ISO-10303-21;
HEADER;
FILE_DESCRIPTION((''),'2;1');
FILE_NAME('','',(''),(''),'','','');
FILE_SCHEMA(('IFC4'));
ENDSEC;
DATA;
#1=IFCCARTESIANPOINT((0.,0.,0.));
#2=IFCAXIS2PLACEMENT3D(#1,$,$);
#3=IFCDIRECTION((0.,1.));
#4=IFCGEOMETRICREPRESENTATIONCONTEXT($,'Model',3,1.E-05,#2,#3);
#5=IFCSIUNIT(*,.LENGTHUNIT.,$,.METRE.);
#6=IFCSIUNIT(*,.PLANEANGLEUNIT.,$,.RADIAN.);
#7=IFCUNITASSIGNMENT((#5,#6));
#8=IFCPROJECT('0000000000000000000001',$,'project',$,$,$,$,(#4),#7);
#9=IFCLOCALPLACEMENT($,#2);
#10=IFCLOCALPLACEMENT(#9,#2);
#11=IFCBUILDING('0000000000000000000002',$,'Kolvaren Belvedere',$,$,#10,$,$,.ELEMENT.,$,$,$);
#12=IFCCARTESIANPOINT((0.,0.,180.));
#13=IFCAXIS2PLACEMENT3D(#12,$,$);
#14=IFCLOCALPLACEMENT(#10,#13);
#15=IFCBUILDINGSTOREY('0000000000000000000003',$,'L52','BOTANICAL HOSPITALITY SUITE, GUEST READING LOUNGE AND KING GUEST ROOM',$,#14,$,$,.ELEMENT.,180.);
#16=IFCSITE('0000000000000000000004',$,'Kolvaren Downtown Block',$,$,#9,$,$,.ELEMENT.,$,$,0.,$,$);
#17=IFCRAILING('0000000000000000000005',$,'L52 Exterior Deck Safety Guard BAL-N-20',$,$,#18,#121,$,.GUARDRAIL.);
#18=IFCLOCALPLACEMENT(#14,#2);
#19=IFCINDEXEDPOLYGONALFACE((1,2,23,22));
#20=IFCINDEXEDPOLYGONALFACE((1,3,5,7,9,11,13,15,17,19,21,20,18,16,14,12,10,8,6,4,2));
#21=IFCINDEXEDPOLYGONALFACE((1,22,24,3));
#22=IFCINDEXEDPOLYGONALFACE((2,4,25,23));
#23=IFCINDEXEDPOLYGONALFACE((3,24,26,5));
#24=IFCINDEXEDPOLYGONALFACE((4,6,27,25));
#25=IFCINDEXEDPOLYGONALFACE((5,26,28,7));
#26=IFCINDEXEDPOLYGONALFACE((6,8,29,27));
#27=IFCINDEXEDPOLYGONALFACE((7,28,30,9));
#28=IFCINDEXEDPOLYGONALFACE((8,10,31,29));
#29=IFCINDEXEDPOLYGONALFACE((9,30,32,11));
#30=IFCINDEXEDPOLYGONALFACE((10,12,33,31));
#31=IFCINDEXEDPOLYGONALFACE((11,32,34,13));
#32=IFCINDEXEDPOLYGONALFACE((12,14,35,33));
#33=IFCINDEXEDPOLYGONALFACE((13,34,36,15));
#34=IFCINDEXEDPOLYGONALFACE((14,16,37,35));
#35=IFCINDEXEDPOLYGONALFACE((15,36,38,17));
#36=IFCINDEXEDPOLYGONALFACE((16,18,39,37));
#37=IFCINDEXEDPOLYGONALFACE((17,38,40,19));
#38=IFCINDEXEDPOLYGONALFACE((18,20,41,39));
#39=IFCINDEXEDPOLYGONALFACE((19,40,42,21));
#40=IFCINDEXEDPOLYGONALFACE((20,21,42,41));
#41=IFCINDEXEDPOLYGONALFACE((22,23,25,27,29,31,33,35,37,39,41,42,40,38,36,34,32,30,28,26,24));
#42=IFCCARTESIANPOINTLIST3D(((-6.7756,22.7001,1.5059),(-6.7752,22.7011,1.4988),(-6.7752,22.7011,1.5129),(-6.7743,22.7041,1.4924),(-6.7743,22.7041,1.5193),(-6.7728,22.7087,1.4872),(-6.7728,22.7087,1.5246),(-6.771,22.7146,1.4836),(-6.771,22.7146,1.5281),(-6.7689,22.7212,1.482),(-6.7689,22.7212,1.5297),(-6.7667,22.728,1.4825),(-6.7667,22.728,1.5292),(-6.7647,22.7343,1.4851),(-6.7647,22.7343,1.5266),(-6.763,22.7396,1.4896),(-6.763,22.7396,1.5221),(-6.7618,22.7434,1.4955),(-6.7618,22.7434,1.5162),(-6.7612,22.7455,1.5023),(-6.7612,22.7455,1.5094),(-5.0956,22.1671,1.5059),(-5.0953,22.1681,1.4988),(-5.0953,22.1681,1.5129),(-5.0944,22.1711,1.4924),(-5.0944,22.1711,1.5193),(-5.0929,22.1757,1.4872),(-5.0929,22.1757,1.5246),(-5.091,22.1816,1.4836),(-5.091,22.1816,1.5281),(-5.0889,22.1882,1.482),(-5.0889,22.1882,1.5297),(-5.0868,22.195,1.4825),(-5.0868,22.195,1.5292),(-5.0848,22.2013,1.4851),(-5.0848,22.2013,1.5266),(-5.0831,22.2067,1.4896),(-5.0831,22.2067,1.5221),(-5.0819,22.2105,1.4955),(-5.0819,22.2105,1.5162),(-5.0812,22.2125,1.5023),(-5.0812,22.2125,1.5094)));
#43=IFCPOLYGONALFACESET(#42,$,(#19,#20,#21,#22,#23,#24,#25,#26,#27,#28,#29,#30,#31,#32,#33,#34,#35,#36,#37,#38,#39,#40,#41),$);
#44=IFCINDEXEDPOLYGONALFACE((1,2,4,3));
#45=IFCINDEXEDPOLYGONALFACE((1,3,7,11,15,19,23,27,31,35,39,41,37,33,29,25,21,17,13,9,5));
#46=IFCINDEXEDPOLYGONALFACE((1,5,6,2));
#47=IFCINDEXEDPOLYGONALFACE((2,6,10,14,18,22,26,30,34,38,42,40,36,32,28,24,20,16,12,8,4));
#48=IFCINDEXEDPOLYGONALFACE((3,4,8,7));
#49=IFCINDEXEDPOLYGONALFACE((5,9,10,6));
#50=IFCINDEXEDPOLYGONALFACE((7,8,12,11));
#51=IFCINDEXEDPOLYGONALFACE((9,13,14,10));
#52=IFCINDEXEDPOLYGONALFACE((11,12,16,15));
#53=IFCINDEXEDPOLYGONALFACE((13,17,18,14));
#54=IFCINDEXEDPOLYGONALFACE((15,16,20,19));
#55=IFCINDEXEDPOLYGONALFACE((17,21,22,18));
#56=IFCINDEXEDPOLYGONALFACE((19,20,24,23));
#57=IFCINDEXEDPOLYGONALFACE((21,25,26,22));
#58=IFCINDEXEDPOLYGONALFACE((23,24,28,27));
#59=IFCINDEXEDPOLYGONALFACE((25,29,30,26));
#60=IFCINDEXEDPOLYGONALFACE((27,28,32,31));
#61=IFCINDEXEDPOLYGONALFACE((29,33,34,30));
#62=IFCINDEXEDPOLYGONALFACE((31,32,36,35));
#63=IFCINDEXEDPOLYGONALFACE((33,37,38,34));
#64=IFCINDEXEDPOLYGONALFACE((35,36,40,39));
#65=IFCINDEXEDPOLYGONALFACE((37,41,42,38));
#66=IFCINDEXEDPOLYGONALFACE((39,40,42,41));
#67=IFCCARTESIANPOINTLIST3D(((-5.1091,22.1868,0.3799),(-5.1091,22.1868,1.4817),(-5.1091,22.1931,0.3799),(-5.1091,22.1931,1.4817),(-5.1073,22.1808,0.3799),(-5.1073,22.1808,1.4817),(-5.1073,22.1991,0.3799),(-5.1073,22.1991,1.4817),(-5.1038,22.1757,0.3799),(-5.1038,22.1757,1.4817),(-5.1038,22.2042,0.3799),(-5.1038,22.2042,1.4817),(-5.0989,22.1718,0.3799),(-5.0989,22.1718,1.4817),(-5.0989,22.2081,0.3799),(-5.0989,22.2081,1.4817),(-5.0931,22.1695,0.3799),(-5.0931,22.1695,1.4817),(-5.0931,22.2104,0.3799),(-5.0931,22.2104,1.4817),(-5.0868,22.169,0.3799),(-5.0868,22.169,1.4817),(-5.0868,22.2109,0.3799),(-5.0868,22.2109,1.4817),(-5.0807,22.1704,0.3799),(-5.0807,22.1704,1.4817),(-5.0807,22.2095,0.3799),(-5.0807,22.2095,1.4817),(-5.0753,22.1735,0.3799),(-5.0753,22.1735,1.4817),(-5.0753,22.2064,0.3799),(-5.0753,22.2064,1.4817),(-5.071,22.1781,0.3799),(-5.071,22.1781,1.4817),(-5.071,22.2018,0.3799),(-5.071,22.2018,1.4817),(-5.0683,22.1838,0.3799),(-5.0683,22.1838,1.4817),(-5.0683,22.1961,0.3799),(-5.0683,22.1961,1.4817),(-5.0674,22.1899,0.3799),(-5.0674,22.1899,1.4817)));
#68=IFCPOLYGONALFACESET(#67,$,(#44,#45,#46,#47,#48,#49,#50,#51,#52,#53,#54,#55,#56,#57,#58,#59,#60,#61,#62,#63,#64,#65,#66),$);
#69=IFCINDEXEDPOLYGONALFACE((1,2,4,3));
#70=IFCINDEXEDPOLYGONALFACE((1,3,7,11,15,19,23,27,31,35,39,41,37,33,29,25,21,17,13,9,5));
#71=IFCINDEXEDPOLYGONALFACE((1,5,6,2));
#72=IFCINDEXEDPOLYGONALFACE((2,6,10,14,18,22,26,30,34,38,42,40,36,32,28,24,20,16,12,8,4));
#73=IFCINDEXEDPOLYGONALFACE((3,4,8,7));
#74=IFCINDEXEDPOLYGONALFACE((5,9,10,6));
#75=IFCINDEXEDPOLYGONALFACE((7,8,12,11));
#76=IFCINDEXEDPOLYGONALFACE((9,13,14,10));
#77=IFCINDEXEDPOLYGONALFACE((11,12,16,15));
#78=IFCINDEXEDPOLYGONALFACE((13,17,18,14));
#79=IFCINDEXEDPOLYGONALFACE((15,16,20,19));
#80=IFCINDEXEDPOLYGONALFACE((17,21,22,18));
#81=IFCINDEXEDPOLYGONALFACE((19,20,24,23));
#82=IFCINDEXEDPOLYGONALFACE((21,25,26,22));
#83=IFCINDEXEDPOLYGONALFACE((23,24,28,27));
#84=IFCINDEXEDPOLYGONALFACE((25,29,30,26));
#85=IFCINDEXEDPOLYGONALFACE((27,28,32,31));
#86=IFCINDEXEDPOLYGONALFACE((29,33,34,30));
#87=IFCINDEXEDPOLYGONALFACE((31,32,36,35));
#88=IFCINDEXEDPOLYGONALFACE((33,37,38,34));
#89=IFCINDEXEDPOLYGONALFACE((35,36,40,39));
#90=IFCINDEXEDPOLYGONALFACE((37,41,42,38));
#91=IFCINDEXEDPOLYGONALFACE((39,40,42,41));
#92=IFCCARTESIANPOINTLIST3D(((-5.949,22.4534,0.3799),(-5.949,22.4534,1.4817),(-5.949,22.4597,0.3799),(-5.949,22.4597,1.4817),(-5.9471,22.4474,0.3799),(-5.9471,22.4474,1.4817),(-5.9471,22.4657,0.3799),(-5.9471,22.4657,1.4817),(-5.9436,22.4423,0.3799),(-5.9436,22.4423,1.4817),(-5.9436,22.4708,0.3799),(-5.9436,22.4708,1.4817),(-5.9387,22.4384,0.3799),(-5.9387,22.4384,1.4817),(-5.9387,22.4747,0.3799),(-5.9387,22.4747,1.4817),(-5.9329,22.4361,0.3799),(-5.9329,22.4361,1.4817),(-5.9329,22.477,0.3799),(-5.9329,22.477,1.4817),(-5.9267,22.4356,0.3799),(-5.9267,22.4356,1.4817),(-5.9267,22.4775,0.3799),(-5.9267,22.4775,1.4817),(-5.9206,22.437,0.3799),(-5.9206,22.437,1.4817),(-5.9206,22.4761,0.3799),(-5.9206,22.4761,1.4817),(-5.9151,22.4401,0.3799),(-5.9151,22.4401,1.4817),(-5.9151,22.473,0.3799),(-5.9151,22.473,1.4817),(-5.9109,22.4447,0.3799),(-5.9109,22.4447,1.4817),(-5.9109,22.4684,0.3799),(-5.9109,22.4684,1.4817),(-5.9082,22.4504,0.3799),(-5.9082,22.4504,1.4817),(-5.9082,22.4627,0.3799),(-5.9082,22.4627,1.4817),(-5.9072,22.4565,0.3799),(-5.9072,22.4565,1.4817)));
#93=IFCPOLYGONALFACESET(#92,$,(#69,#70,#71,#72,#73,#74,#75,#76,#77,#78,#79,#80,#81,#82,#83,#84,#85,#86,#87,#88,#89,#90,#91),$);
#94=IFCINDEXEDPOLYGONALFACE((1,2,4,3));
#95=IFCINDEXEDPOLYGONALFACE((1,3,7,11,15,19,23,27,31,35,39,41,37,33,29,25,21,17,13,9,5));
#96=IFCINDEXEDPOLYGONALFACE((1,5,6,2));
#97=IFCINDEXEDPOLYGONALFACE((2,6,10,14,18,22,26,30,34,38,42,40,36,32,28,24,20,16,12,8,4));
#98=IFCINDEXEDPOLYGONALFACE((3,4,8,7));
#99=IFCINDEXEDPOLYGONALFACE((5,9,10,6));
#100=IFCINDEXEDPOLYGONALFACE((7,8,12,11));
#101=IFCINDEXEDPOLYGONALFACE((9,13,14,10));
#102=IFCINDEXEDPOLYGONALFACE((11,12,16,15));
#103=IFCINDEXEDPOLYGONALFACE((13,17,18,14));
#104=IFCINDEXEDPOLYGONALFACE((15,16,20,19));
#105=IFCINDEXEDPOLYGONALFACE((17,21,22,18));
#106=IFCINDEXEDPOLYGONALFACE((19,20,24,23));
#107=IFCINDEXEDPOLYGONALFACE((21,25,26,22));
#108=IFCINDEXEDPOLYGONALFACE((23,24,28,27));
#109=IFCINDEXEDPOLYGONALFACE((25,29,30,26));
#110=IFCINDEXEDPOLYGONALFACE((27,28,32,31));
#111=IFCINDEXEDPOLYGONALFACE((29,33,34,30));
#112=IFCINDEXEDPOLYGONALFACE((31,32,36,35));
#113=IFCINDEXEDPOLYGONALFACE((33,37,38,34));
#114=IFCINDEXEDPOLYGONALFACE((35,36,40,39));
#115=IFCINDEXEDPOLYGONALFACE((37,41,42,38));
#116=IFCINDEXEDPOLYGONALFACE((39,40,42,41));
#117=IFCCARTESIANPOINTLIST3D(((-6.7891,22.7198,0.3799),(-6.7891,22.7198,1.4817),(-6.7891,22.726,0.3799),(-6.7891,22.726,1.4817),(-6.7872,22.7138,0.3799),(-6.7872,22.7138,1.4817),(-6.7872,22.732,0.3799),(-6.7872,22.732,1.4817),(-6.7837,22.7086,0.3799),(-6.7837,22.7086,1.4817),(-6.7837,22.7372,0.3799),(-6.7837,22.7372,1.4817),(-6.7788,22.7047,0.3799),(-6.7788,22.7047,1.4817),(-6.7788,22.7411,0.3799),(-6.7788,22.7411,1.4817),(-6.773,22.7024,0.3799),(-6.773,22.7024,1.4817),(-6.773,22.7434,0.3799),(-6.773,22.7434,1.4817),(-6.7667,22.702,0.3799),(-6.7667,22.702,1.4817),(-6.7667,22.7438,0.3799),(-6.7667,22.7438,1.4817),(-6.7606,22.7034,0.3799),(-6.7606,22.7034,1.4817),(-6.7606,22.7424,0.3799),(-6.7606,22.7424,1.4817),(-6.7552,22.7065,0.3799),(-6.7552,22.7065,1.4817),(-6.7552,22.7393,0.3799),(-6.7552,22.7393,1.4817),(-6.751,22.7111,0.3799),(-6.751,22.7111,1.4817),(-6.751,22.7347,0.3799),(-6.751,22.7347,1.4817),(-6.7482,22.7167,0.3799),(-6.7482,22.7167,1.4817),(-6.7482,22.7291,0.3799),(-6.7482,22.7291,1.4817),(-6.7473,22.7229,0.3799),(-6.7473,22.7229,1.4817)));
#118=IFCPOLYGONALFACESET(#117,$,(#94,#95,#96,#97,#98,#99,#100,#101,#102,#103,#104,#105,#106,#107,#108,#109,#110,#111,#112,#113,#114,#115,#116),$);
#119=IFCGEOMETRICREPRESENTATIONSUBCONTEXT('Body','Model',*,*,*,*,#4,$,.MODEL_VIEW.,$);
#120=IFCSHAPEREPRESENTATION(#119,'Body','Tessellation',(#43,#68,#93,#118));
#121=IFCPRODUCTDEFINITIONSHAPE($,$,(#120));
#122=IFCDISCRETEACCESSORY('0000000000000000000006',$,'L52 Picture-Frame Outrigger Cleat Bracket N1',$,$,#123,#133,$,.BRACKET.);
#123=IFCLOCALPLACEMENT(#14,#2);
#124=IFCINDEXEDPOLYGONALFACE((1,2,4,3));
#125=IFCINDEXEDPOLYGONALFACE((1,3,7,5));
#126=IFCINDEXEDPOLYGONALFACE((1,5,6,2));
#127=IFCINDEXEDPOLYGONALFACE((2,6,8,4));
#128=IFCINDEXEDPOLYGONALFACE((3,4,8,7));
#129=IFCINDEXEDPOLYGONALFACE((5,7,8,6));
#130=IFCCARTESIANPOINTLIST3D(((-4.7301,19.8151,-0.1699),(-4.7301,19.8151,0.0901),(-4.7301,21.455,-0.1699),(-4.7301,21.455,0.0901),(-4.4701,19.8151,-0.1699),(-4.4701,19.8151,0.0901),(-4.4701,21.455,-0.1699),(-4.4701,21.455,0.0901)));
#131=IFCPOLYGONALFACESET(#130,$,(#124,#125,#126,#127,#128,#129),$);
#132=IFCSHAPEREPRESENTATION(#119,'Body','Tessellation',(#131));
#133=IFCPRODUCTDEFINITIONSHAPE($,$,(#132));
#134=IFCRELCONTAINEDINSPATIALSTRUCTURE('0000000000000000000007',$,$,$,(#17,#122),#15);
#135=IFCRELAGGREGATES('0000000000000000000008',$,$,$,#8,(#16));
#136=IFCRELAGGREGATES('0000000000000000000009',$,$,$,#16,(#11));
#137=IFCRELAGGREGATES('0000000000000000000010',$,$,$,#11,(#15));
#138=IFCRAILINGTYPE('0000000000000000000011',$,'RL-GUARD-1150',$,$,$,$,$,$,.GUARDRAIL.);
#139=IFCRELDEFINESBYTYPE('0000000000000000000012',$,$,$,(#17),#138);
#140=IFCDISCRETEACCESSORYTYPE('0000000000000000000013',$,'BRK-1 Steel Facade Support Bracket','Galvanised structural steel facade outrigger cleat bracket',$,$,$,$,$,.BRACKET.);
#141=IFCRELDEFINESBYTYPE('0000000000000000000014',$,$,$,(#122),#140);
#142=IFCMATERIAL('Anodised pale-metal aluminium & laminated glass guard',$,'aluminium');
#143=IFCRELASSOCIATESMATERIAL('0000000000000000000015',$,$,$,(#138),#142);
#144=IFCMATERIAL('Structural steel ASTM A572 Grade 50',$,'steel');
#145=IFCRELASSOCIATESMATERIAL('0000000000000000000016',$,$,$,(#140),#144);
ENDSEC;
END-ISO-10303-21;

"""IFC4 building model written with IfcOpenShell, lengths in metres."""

from ifc_helpers import new_model, si_unit, direction, frame, origin, origin_2d, place, context, subcontext, project, spatial, rectangle, circle, extrude, material, type_object, element, save


model = new_model("IFC4")

# Units and contexts
model_context = context("Model", 3, precision=1e-05, world=origin(), true_north=direction((0.0, 1.0)))
body_context = subcontext(model_context, "Body", "Model", "MODEL_VIEW")
ifc_project = project(units=[si_unit("LENGTHUNIT", "METRE"), si_unit("PLANEANGLEUNIT", "RADIAN")], contexts=[model_context])

# Site, building, storey
site_placement = place(None, origin())
site = spatial("IfcSite", under=ifc_project, at=site_placement, Name="Kolvaren Downtown Block", CompositionType="ELEMENT", RefElevation=0.0)
building_placement = place(site_placement, origin())
building = spatial("IfcBuilding", under=site, at=building_placement, Name="Kolvaren Belvedere", CompositionType="ELEMENT")
storey_placement = place(building_placement, frame((0.0, 0.0, 180.0)))
storey = spatial("IfcBuildingStorey", under=building, at=storey_placement, Name="L52", Description="BOTANICAL HOSPITALITY SUITE, GUEST READING LOUNGE AND KING GUEST ROOM", CompositionType="ELEMENT", Elevation=180.0)

# Railing
ifc_material_1 = material(Name="Anodised pale-metal aluminium & laminated glass guard", Category="aluminium")
railing_type = type_object("IfcRailingType", Name="RL-GUARD-1150", PredefinedType="GUARDRAIL", material=ifc_material_1)
railing_1_placement = place(storey_placement, frame((-5.0884, 22.1899, 0.3799)))
element("IfcRailing", 1, at=railing_1_placement, inside=storey, type_object=railing_type, Name="L52 Exterior Deck Safety Guard BAL-N-20", PredefinedType="GUARDRAIL", context=body_context, shape_type="SweptSolid", body=[
    extrude(circle(Radius=0.0239, at=origin_2d()), frame((0.0, 0.0, 1.126), z_axis=(-0.953182, 0.302397, 0.0), x_axis=(-0.302397, -0.953182, 0.0)), (0.0, 0.0, 1.0), 1.7625),
    extrude(circle(Radius=0.021, at=origin_2d()), origin(), (0.0, 0.0, 1.0), 1.1018),
    extrude(circle(Radius=0.021, at=origin_2d()), frame((-0.8398, 0.2666, 0.0)), (0.0, 0.0, 1.0), 1.1018),
    extrude(circle(Radius=0.021, at=origin_2d()), frame((-1.6799, 0.533, 0.0)), (0.0, 0.0, 1.0), 1.1018),
])

# Discrete accessory
ifc_material_2 = material(Name="Structural steel ASTM A572 Grade 50", Category="steel")
discrete_accessory_type = type_object("IfcDiscreteAccessoryType", Name="BRK-1 Steel Facade Support Bracket", Description="Galvanised structural steel facade outrigger cleat bracket", PredefinedType="BRACKET", material=ifc_material_2)
discrete_accessory_placement = place(storey_placement, frame((-4.6001, 20.635, -0.1699), z_axis=(0.0, 0.0, 1.0), x_axis=(0.0, 1.0, 0.0)))
element("IfcDiscreteAccessory", 2, at=discrete_accessory_placement, inside=storey, type_object=discrete_accessory_type, Name="L52 Picture-Frame Outrigger Cleat Bracket N1", PredefinedType="BRACKET", context=body_context, shape_type="SweptSolid", body=[
    extrude(rectangle(XDim=1.6399, YDim=0.26, at=origin_2d()), origin(), (0.0, 0.0, 1.0), 0.26),
])

save(model, "model.ifc")
